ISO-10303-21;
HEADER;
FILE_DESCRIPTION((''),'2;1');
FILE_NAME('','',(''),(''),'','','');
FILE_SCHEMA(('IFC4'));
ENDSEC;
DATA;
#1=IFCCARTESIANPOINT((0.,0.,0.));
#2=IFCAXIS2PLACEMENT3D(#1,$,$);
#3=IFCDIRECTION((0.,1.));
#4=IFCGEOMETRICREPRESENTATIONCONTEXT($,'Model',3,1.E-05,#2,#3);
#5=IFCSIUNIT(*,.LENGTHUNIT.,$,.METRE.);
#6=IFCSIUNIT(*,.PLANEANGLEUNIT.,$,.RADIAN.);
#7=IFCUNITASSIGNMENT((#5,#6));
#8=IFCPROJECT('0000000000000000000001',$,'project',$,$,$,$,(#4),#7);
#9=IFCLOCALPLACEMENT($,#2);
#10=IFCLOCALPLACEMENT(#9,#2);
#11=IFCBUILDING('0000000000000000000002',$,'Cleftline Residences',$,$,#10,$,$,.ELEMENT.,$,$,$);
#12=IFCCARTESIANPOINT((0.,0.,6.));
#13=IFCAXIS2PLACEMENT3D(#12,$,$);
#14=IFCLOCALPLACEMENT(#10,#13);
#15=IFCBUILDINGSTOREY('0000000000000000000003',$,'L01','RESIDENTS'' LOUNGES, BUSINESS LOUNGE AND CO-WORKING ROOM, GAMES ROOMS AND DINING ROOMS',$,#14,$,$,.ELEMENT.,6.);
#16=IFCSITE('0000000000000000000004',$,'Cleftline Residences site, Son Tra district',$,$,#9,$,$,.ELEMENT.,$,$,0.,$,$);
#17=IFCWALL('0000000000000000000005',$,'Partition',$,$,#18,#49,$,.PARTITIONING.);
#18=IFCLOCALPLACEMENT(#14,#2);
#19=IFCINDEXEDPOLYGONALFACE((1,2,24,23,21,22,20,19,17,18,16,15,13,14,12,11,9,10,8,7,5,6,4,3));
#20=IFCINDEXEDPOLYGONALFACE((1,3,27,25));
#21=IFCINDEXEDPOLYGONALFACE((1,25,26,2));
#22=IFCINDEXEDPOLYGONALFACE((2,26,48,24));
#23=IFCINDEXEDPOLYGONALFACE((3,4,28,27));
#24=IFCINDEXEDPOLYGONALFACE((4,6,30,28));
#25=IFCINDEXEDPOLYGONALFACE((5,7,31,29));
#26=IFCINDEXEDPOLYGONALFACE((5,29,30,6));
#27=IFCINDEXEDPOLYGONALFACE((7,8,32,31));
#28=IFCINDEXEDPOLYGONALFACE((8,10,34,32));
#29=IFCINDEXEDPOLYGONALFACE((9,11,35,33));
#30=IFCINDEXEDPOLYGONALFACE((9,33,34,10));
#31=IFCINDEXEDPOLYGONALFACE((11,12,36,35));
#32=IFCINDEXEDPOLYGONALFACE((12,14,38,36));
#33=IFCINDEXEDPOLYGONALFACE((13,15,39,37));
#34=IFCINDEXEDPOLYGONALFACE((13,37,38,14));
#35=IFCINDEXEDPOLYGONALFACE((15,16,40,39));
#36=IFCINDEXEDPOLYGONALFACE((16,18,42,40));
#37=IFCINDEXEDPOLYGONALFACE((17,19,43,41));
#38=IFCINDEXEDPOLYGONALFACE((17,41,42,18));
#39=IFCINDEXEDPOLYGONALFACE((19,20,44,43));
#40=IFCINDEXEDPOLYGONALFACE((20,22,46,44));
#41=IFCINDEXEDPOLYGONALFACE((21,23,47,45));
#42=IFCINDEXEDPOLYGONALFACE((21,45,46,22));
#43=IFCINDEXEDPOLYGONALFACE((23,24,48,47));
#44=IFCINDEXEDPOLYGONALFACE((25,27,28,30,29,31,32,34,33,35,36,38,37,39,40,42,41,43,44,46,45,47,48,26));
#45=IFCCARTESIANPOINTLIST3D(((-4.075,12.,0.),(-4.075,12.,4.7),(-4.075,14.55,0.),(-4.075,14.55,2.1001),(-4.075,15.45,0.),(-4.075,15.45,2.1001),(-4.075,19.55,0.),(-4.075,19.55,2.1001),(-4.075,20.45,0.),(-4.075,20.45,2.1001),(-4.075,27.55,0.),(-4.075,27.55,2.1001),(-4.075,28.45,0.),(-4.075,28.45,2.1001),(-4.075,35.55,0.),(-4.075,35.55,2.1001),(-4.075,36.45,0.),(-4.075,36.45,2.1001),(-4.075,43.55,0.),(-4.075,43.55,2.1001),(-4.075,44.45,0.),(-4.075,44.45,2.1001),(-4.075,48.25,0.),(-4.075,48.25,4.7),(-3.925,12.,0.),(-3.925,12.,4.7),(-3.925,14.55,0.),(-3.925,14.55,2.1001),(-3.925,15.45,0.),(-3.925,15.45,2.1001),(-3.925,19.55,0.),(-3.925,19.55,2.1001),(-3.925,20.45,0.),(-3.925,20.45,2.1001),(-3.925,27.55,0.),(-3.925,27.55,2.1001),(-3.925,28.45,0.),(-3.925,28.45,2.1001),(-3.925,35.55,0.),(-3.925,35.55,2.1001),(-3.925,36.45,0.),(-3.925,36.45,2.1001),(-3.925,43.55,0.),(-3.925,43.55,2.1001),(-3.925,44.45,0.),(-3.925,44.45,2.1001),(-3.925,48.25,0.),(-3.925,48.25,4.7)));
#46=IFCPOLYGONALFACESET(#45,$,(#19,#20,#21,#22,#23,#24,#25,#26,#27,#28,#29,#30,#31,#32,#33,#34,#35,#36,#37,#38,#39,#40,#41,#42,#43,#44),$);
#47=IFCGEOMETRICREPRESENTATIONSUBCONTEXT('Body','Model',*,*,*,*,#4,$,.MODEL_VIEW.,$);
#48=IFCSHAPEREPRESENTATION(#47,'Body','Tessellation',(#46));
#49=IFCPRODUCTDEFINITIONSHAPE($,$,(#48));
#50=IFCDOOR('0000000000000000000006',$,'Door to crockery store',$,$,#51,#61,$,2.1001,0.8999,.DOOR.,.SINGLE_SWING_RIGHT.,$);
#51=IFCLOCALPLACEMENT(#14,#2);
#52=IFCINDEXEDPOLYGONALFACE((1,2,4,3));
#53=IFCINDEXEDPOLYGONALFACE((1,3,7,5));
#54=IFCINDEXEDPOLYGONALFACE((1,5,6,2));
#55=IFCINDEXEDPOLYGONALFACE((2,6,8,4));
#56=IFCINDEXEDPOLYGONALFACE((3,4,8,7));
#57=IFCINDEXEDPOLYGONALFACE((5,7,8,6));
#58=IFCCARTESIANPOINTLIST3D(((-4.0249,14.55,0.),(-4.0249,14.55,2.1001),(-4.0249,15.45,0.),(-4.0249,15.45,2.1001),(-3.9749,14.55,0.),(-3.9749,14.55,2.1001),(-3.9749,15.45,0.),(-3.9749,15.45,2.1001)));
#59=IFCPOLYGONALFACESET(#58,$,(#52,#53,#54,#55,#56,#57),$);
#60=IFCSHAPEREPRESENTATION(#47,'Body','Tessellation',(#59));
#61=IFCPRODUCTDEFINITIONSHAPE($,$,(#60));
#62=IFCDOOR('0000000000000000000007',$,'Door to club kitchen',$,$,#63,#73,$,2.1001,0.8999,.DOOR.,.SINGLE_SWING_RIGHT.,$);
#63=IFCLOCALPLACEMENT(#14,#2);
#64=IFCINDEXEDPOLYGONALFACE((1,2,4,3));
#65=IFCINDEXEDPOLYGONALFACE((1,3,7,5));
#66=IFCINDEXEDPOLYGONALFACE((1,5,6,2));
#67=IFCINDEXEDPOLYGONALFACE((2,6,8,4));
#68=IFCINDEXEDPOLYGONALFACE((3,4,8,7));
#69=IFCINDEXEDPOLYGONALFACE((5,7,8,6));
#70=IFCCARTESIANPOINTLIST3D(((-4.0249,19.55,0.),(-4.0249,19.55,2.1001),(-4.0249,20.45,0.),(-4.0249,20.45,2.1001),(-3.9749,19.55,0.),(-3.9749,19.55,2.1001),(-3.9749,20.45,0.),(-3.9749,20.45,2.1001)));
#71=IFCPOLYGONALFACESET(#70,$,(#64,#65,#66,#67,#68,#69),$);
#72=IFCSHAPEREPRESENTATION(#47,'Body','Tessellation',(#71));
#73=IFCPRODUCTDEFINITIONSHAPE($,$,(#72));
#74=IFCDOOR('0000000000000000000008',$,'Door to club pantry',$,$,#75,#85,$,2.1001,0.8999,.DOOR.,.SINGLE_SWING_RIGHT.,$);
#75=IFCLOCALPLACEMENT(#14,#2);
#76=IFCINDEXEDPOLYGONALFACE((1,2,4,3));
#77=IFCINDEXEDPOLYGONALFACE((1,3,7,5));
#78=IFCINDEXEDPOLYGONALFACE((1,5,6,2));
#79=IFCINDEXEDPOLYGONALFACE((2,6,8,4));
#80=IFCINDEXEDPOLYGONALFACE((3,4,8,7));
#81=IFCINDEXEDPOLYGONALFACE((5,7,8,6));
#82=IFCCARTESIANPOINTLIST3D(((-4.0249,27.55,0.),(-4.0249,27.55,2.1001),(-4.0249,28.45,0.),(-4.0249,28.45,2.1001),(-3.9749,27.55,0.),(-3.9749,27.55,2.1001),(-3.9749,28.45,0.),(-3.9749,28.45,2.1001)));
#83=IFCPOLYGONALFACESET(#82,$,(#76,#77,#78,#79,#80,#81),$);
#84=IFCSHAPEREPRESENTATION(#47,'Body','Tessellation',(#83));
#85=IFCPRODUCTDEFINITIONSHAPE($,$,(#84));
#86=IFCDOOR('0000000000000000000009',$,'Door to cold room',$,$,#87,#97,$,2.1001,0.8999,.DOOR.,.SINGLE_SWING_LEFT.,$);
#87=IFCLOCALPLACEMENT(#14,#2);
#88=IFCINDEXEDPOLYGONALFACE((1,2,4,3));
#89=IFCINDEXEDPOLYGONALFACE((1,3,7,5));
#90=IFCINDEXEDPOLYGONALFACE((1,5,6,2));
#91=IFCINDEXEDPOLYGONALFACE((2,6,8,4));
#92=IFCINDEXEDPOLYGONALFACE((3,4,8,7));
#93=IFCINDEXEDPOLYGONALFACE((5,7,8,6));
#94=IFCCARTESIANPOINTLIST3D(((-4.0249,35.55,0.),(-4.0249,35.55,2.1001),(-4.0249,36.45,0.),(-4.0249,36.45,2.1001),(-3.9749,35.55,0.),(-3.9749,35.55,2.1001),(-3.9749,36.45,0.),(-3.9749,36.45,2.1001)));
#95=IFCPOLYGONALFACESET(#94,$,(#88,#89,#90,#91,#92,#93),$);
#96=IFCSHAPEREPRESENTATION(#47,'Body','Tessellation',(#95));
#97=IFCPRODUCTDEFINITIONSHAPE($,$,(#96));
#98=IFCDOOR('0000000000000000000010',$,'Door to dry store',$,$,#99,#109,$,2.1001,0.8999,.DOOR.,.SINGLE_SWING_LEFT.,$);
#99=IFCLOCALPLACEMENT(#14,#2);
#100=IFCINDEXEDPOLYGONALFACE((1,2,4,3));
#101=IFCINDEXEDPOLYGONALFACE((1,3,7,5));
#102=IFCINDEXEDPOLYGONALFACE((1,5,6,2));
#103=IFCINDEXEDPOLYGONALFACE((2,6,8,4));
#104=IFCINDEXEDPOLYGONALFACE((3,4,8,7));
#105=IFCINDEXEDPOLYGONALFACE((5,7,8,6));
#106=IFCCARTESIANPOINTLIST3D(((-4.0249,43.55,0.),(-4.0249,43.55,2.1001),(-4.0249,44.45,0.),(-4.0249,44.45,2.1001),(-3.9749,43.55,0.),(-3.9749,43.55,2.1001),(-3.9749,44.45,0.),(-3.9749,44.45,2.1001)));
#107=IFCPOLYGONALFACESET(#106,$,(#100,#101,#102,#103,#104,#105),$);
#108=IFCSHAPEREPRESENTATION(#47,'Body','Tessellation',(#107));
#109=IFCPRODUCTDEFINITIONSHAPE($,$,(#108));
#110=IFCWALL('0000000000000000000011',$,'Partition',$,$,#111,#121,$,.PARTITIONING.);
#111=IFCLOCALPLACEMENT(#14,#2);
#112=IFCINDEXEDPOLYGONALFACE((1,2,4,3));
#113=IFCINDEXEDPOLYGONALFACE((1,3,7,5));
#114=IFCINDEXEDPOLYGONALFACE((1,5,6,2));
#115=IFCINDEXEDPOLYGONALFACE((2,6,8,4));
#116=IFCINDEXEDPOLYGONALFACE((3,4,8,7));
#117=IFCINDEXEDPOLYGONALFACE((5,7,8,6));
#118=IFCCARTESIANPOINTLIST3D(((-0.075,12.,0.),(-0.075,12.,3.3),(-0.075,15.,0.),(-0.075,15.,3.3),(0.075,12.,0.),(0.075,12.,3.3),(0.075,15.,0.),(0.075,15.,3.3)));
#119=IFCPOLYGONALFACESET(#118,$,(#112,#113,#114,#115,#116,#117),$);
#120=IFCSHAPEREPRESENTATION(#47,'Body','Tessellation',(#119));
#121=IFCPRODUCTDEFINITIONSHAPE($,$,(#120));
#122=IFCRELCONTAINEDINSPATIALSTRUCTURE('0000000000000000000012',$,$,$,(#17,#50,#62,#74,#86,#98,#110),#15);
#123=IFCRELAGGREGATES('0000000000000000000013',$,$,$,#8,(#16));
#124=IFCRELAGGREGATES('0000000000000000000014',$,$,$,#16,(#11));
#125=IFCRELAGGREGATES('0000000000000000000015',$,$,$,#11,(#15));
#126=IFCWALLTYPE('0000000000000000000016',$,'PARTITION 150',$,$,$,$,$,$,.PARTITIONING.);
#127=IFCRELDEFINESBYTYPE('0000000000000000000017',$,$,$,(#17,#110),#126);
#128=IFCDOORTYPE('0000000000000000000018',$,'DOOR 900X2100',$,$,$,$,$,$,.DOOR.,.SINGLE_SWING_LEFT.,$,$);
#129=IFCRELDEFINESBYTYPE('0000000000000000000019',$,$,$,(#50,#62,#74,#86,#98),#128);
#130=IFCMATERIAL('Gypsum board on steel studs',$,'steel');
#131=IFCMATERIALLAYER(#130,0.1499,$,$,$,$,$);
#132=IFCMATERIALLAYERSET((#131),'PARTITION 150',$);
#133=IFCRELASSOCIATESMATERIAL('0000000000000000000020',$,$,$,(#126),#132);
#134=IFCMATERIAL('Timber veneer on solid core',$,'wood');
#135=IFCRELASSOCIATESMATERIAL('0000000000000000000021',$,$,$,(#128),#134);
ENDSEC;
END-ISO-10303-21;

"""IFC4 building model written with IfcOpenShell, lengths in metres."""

from ifc_helpers import new_model, si_unit, direction, frame, frame_2d, origin, place, context, subcontext, project, spatial, rectangle, extrude, material, layer, layer_set, type_object, element, fill, save


model = new_model("IFC4")

# Units and contexts
model_context = context("Model", 3, precision=1e-05, world=origin(), true_north=direction((0.0, 1.0)))
body_context = subcontext(model_context, "Body", "Model", "MODEL_VIEW")
ifc_project = project(units=[si_unit("LENGTHUNIT", "METRE"), si_unit("PLANEANGLEUNIT", "RADIAN")], contexts=[model_context])

# Site, building, storey
site_placement = place(None, origin())
site = spatial("IfcSite", under=ifc_project, at=site_placement, Name="Cleftline Residences site, Son Tra district", CompositionType="ELEMENT", RefElevation=0.0)
building_placement = place(site_placement, origin())
building = spatial("IfcBuilding", under=site, at=building_placement, Name="Cleftline Residences", CompositionType="ELEMENT")
storey_placement = place(building_placement, frame((0.0, 0.0, 6.0)))
storey = spatial("IfcBuildingStorey", under=building, at=storey_placement, Name="L01", Description="RESIDENTS' LOUNGES, BUSINESS LOUNGE AND CO-WORKING ROOM, GAMES ROOMS AND DINING ROOMS", CompositionType="ELEMENT", Elevation=6.0)

# Shared definitions
ifc_material_1 = material(Name="Gypsum board on steel studs", Category="steel")
ifc_layer_1 = layer(ifc_material_1, 0.1499)
ifc_layer_set_1 = layer_set([ifc_layer_1], Name="PARTITION 150")
wall_type_1 = type_object("IfcWallType", Name="PARTITION 150", PredefinedType="PARTITIONING", material=ifc_layer_set_1)

# Wall, openings, doors
wall_1_placement = place(storey_placement, frame((-4.0, 12.0, 0.0), z_axis=(0.0, 0.0, 1.0), x_axis=(0.0, 1.0, 0.0)))
wall_1 = element("IfcWall", 1, at=wall_1_placement, inside=storey, type_object=wall_type_1, Name="Partition", PredefinedType="PARTITIONING", context=body_context, shape_type="SweptSolid", body=[
    extrude(rectangle(XDim=36.25, YDim=0.1499, at=frame_2d((18.125, 0.0))), origin(), (0.0, 0.0, 1.0), 4.7),
])
opening_1_placement = place(wall_1_placement, frame((2.55, 0.0, 0.0)))
opening_1 = element("IfcOpeningElement", 2, at=opening_1_placement, cuts=wall_1, PredefinedType="OPENING", context=body_context, shape_type="SweptSolid", body=[
    extrude(rectangle(XDim=0.8999, YDim=2.1001, at=frame_2d((0.45, 1.05))), frame((0.0, 0.085, 0.0), z_axis=(0.0, -1.0, 0.0), x_axis=(1.0, 0.0, 0.0)), (0.0, 0.0, 1.0), 0.1699),
])
opening_2_placement = place(wall_1_placement, frame((7.55, 0.0, 0.0)))
opening_2 = element("IfcOpeningElement", 3, at=opening_2_placement, cuts=wall_1, PredefinedType="OPENING", context=body_context, shape_type="SweptSolid", body=[
    extrude(rectangle(XDim=0.8999, YDim=2.1001, at=frame_2d((0.45, 1.05))), frame((0.0, 0.085, 0.0), z_axis=(0.0, -1.0, 0.0), x_axis=(1.0, 0.0, 0.0)), (0.0, 0.0, 1.0), 0.1699),
])
opening_3_placement = place(wall_1_placement, frame((15.55, 0.0, 0.0)))
opening_3 = element("IfcOpeningElement", 4, at=opening_3_placement, cuts=wall_1, PredefinedType="OPENING", context=body_context, shape_type="SweptSolid", body=[
    extrude(rectangle(XDim=0.8999, YDim=2.1001, at=frame_2d((0.45, 1.05))), frame((0.0, 0.085, 0.0), z_axis=(0.0, -1.0, 0.0), x_axis=(1.0, 0.0, 0.0)), (0.0, 0.0, 1.0), 0.1699),
])
opening_4_placement = place(wall_1_placement, frame((23.55, 0.0, 0.0)))
opening_4 = element("IfcOpeningElement", 5, at=opening_4_placement, cuts=wall_1, PredefinedType="OPENING", context=body_context, shape_type="SweptSolid", body=[
    extrude(rectangle(XDim=0.8999, YDim=2.1001, at=frame_2d((0.45, 1.05))), frame((0.0, 0.085, 0.0), z_axis=(0.0, -1.0, 0.0), x_axis=(1.0, 0.0, 0.0)), (0.0, 0.0, 1.0), 0.1699),
])
opening_5_placement = place(wall_1_placement, frame((31.55, 0.0, 0.0)))
opening_5 = element("IfcOpeningElement", 6, at=opening_5_placement, cuts=wall_1, PredefinedType="OPENING", context=body_context, shape_type="SweptSolid", body=[
    extrude(rectangle(XDim=0.8999, YDim=2.1001, at=frame_2d((0.45, 1.05))), frame((0.0, 0.085, 0.0), z_axis=(0.0, -1.0, 0.0), x_axis=(1.0, 0.0, 0.0)), (0.0, 0.0, 1.0), 0.1699),
])
ifc_material_2 = material(Name="Timber veneer on solid core", Category="wood")
door_type_1 = type_object("IfcDoorType", Name="DOOR 900X2100", OperationType="SINGLE_SWING_LEFT", PredefinedType="DOOR", material=ifc_material_2)
door_1_placement = place(opening_1_placement, origin())
door_1 = element("IfcDoor", 7, at=door_1_placement, inside=storey, type_object=door_type_1, Name="Door to crockery store", OperationType="SINGLE_SWING_RIGHT", OverallHeight=2.1001, OverallWidth=0.8999, PredefinedType="DOOR", context=body_context, shape_type="SweptSolid", body=[
    extrude(rectangle(XDim=0.8999, YDim=2.1001, at=frame_2d((0.45, 1.05))), frame((0.0, 0.0249, 0.0), z_axis=(0.0, -1.0, 0.0), x_axis=(1.0, 0.0, 0.0)), (0.0, 0.0, 1.0), 0.05),
])
fill(opening_1, door_1)
door_2_placement = place(opening_2_placement, origin())
door_2 = element("IfcDoor", 8, at=door_2_placement, inside=storey, type_object=door_type_1, Name="Door to club kitchen", OperationType="SINGLE_SWING_RIGHT", OverallHeight=2.1001, OverallWidth=0.8999, PredefinedType="DOOR", context=body_context, shape_type="SweptSolid", body=[
    extrude(rectangle(XDim=0.8999, YDim=2.1001, at=frame_2d((0.45, 1.05))), frame((0.0, 0.0249, 0.0), z_axis=(0.0, -1.0, 0.0), x_axis=(1.0, 0.0, 0.0)), (0.0, 0.0, 1.0), 0.05),
])
fill(opening_2, door_2)
door_3_placement = place(opening_3_placement, origin())
door_3 = element("IfcDoor", 9, at=door_3_placement, inside=storey, type_object=door_type_1, Name="Door to club pantry", OperationType="SINGLE_SWING_RIGHT", OverallHeight=2.1001, OverallWidth=0.8999, PredefinedType="DOOR", context=body_context, shape_type="SweptSolid", body=[
    extrude(rectangle(XDim=0.8999, YDim=2.1001, at=frame_2d((0.45, 1.05))), frame((0.0, 0.0249, 0.0), z_axis=(0.0, -1.0, 0.0), x_axis=(1.0, 0.0, 0.0)), (0.0, 0.0, 1.0), 0.05),
])
fill(opening_3, door_3)
door_4_placement = place(opening_4_placement, origin())
door_4 = element("IfcDoor", 10, at=door_4_placement, inside=storey, type_object=door_type_1, Name="Door to cold room", OperationType="SINGLE_SWING_LEFT", OverallHeight=2.1001, OverallWidth=0.8999, PredefinedType="DOOR", context=body_context, shape_type="SweptSolid", body=[
    extrude(rectangle(XDim=0.8999, YDim=2.1001, at=frame_2d((0.45, 1.05))), frame((0.0, 0.0249, 0.0), z_axis=(0.0, -1.0, 0.0), x_axis=(1.0, 0.0, 0.0)), (0.0, 0.0, 1.0), 0.05),
])
fill(opening_4, door_4)
door_5_placement = place(opening_5_placement, origin())
door_5 = element("IfcDoor", 11, at=door_5_placement, inside=storey, type_object=door_type_1, Name="Door to dry store", OperationType="SINGLE_SWING_LEFT", OverallHeight=2.1001, OverallWidth=0.8999, PredefinedType="DOOR", context=body_context, shape_type="SweptSolid", body=[
    extrude(rectangle(XDim=0.8999, YDim=2.1001, at=frame_2d((0.45, 1.05))), frame((0.0, 0.0249, 0.0), z_axis=(0.0, -1.0, 0.0), x_axis=(1.0, 0.0, 0.0)), (0.0, 0.0, 1.0), 0.05),
])
fill(opening_5, door_5)

# Wall
wall_2_placement = place(storey_placement, frame((0.0, 12.0, 0.0), z_axis=(0.0, 0.0, 1.0), x_axis=(0.0, 1.0, 0.0)))
element("IfcWall", 12, at=wall_2_placement, inside=storey, type_object=wall_type_1, Name="Partition", PredefinedType="PARTITIONING", context=body_context, shape_type="SweptSolid", body=[
    extrude(rectangle(XDim=3.0, YDim=0.1499, at=frame_2d((1.5, 0.0))), origin(), (0.0, 0.0, 1.0), 3.3),
])

save(model, "model.ifc")
